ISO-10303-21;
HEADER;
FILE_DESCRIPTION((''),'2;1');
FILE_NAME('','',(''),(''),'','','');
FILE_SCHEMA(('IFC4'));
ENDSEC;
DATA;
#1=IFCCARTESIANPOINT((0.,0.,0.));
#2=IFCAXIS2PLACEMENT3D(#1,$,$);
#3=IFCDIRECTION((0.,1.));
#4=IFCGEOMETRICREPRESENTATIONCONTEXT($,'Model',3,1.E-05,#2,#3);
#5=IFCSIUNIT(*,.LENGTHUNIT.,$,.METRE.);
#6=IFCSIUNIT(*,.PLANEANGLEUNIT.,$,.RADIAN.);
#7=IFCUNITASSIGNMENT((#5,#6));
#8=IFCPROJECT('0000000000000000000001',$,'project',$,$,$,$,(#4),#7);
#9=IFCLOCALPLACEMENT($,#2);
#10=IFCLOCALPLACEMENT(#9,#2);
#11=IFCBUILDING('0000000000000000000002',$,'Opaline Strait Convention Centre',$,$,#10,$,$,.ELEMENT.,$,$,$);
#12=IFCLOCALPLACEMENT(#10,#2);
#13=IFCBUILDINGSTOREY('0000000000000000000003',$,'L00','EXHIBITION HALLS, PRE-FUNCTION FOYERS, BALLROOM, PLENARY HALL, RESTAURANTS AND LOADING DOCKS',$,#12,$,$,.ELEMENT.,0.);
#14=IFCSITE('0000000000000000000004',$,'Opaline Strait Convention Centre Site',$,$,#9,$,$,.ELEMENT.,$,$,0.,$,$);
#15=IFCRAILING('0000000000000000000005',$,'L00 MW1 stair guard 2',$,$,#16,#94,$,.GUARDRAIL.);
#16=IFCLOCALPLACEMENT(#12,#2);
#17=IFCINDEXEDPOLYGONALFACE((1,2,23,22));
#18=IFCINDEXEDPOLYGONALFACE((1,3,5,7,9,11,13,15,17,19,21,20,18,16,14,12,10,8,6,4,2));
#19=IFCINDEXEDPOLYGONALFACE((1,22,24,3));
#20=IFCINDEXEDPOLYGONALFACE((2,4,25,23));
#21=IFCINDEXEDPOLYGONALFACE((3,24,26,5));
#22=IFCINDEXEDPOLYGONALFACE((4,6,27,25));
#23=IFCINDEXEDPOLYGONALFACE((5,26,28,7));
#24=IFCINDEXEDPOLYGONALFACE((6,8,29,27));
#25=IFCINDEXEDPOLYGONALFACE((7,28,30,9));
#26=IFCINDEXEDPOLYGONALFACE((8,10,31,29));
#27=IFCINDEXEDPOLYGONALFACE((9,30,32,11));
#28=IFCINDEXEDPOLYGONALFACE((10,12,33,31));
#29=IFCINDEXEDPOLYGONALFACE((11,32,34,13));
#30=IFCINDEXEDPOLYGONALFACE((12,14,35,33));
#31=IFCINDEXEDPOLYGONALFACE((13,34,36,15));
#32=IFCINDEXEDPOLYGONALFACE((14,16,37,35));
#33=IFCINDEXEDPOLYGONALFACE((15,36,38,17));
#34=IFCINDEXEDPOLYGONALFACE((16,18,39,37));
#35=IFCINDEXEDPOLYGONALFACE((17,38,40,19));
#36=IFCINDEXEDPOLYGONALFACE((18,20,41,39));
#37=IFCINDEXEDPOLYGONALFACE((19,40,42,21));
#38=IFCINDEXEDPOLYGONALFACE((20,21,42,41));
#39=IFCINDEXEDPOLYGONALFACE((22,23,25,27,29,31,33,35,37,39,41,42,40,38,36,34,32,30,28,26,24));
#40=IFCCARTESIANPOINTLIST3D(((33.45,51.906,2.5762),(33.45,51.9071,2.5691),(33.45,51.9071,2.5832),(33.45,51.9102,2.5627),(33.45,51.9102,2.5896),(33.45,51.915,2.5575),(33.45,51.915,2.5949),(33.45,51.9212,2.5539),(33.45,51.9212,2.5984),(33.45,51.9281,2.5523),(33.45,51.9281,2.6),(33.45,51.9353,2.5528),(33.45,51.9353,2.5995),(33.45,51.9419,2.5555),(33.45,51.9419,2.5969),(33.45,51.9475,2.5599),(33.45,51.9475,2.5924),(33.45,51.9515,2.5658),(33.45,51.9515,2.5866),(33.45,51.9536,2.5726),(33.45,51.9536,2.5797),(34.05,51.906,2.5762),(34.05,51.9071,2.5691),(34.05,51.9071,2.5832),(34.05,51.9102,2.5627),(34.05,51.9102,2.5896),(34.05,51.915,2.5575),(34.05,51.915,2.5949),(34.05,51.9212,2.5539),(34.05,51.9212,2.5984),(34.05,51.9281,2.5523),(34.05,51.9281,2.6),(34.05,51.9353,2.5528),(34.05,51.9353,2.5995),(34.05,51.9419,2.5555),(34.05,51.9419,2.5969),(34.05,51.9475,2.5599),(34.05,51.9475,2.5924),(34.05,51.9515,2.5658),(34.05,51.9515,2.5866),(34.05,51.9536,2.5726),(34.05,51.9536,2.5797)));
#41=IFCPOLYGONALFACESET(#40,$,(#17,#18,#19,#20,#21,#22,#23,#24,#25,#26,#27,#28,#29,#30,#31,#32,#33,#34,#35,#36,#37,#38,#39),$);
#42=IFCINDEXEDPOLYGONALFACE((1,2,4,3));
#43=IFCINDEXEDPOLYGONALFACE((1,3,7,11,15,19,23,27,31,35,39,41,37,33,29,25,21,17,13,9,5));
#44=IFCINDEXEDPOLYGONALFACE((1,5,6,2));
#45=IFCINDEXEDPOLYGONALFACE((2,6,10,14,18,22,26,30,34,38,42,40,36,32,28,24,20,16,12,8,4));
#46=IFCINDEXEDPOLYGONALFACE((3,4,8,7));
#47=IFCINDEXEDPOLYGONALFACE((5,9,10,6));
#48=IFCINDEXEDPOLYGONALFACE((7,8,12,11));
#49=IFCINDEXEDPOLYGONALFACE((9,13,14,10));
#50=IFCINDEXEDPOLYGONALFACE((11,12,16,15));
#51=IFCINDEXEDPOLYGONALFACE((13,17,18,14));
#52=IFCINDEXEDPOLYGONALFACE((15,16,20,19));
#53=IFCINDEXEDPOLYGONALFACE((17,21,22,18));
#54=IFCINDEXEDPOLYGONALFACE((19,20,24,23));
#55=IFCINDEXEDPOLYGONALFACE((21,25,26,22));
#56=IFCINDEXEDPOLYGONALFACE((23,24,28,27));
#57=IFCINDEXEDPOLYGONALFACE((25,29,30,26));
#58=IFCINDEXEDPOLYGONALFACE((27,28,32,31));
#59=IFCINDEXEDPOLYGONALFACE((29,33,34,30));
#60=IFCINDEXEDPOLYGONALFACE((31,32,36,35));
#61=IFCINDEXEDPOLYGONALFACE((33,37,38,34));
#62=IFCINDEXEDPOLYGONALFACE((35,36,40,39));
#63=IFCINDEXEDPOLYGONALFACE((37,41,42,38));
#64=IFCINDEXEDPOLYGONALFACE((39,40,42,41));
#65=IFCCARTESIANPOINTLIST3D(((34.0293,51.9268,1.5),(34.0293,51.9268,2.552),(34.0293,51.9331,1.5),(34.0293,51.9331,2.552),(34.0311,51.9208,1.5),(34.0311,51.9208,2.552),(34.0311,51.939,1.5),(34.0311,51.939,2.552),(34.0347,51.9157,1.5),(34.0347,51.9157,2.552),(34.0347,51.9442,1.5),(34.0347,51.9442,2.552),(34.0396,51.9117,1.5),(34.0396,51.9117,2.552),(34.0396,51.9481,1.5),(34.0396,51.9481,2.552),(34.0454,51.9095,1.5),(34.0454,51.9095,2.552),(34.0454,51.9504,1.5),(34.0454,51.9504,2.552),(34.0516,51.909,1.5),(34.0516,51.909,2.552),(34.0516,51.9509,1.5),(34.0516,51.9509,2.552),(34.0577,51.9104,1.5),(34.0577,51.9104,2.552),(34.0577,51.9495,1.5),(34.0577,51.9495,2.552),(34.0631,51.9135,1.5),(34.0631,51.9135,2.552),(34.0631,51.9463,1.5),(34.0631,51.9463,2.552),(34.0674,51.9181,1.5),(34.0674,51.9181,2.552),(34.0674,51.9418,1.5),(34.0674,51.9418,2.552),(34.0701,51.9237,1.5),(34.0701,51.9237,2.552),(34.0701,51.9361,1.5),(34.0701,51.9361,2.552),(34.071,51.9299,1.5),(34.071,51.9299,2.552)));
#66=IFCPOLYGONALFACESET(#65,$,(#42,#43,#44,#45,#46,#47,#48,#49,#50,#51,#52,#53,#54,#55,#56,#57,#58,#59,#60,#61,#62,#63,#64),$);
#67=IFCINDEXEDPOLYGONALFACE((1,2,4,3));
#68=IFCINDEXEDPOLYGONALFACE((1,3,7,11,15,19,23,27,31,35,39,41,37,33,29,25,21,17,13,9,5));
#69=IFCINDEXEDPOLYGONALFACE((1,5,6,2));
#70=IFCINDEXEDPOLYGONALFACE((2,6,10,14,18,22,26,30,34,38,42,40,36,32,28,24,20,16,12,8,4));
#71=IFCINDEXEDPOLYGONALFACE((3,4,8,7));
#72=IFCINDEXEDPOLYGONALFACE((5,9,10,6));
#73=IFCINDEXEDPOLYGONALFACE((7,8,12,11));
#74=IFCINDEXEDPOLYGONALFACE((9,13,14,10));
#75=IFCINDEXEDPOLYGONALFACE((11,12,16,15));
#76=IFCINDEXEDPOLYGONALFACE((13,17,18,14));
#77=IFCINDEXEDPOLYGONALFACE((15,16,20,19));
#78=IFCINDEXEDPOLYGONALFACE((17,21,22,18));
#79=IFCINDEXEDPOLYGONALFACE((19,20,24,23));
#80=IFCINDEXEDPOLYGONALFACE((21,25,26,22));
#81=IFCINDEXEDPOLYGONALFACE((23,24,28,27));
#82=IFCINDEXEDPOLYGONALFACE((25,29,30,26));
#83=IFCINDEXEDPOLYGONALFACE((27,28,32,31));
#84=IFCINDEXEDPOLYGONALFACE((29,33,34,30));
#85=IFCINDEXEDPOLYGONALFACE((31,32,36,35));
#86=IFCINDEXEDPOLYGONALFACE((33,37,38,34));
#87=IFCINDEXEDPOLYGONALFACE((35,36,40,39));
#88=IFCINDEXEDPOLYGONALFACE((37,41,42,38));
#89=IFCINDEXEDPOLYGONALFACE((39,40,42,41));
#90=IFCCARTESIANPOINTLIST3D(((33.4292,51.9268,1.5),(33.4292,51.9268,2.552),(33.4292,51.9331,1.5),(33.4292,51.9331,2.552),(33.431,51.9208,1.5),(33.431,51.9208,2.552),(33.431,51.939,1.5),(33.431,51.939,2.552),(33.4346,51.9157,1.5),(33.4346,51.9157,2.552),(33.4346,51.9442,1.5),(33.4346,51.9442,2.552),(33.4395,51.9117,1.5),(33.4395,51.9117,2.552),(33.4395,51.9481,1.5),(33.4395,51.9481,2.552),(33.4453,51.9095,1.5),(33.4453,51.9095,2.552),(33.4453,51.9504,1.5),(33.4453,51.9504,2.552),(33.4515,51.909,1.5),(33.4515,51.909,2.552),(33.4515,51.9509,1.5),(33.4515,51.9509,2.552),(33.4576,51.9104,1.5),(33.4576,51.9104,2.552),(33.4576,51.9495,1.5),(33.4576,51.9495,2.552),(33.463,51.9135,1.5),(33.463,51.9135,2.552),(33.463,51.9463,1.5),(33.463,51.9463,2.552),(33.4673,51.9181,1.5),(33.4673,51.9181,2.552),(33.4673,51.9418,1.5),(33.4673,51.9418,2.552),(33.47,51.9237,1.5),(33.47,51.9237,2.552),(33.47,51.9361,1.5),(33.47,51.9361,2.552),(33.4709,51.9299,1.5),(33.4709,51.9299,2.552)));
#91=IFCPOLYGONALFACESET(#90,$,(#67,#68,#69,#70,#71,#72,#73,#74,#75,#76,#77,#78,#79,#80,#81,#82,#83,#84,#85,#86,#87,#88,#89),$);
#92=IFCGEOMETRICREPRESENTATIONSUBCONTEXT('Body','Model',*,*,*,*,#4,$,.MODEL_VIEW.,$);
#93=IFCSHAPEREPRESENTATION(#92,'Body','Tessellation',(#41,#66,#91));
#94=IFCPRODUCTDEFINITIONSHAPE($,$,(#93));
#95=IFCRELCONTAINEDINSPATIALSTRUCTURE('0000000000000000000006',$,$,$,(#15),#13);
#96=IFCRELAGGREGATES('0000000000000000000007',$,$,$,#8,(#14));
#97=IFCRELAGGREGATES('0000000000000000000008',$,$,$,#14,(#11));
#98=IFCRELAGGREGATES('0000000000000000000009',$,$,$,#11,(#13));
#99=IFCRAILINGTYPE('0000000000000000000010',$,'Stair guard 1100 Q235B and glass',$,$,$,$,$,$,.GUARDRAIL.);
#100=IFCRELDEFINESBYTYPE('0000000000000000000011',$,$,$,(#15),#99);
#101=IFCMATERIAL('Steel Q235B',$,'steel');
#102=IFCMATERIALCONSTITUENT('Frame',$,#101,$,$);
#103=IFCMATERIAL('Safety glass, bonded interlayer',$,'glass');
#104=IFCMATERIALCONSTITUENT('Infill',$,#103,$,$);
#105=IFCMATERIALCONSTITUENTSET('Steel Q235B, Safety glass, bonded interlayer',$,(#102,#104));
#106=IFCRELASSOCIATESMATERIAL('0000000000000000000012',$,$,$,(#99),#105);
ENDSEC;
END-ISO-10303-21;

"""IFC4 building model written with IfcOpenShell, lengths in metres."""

from ifc_helpers import new_model, si_unit, direction, frame, origin, origin_2d, place, context, subcontext, project, spatial, circle, extrude, material, constituent, constituent_set, type_object, element, save


model = new_model("IFC4")

# Units and contexts
model_context = context("Model", 3, precision=1e-05, world=origin(), true_north=direction((0.0, 1.0)))
body_context = subcontext(model_context, "Body", "Model", "MODEL_VIEW")
ifc_project = project(units=[si_unit("LENGTHUNIT", "METRE"), si_unit("PLANEANGLEUNIT", "RADIAN")], contexts=[model_context])

# Site, building, storey
site_placement = place(None, origin())
site = spatial("IfcSite", under=ifc_project, at=site_placement, Name="Opaline Strait Convention Centre Site", CompositionType="ELEMENT", RefElevation=0.0)
building_placement = place(site_placement, origin())
building = spatial("IfcBuilding", under=site, at=building_placement, Name="Opaline Strait Convention Centre", CompositionType="ELEMENT")
storey_placement = place(building_placement, origin())
storey = spatial("IfcBuildingStorey", under=building, at=storey_placement, Name="L00", Description="EXHIBITION HALLS, PRE-FUNCTION FOYERS, BALLROOM, PLENARY HALL, RESTAURANTS AND LOADING DOCKS", CompositionType="ELEMENT", Elevation=0.0)

# Railing
ifc_material_1 = material(Name="Steel Q235B", Category="steel")
ifc_constituent_1 = constituent(ifc_material_1, Name="Frame")
ifc_material_2 = material(Name="Safety glass, bonded interlayer", Category="glass")
ifc_constituent_2 = constituent(ifc_material_2, Name="Infill")
ifc_constituent_set = constituent_set(constituents=[ifc_constituent_1, ifc_constituent_2], Name="Steel Q235B, Safety glass, bonded interlayer")
railing_type_1 = type_object("IfcRailingType", Name="Stair guard 1100 Q235B and glass", PredefinedType="GUARDRAIL", material=ifc_constituent_set)
railing_1_placement = place(storey_placement, frame((34.05, 51.9299, 1.5)))
element("IfcRailing", 1, at=railing_1_placement, inside=storey, type_object=railing_type_1, Name="L00 MW1 stair guard 2", PredefinedType="GUARDRAIL", context=body_context, shape_type="SweptSolid", body=[
    extrude(circle(Radius=0.0239, at=origin_2d()), frame((0.0, 0.0, 1.0762), z_axis=(-1.0, 0.0, 0.0), x_axis=(0.0, -1.0, 0.0)), (0.0, 0.0, 1.0), 0.6001),
    extrude(circle(Radius=0.021, at=origin_2d()), origin(), (0.0, 0.0, 1.0), 1.052),
    extrude(circle(Radius=0.021, at=origin_2d()), frame((-0.6001, 0.0, 0.0)), (0.0, 0.0, 1.0), 1.052),
])

save(model, "model.ifc")
